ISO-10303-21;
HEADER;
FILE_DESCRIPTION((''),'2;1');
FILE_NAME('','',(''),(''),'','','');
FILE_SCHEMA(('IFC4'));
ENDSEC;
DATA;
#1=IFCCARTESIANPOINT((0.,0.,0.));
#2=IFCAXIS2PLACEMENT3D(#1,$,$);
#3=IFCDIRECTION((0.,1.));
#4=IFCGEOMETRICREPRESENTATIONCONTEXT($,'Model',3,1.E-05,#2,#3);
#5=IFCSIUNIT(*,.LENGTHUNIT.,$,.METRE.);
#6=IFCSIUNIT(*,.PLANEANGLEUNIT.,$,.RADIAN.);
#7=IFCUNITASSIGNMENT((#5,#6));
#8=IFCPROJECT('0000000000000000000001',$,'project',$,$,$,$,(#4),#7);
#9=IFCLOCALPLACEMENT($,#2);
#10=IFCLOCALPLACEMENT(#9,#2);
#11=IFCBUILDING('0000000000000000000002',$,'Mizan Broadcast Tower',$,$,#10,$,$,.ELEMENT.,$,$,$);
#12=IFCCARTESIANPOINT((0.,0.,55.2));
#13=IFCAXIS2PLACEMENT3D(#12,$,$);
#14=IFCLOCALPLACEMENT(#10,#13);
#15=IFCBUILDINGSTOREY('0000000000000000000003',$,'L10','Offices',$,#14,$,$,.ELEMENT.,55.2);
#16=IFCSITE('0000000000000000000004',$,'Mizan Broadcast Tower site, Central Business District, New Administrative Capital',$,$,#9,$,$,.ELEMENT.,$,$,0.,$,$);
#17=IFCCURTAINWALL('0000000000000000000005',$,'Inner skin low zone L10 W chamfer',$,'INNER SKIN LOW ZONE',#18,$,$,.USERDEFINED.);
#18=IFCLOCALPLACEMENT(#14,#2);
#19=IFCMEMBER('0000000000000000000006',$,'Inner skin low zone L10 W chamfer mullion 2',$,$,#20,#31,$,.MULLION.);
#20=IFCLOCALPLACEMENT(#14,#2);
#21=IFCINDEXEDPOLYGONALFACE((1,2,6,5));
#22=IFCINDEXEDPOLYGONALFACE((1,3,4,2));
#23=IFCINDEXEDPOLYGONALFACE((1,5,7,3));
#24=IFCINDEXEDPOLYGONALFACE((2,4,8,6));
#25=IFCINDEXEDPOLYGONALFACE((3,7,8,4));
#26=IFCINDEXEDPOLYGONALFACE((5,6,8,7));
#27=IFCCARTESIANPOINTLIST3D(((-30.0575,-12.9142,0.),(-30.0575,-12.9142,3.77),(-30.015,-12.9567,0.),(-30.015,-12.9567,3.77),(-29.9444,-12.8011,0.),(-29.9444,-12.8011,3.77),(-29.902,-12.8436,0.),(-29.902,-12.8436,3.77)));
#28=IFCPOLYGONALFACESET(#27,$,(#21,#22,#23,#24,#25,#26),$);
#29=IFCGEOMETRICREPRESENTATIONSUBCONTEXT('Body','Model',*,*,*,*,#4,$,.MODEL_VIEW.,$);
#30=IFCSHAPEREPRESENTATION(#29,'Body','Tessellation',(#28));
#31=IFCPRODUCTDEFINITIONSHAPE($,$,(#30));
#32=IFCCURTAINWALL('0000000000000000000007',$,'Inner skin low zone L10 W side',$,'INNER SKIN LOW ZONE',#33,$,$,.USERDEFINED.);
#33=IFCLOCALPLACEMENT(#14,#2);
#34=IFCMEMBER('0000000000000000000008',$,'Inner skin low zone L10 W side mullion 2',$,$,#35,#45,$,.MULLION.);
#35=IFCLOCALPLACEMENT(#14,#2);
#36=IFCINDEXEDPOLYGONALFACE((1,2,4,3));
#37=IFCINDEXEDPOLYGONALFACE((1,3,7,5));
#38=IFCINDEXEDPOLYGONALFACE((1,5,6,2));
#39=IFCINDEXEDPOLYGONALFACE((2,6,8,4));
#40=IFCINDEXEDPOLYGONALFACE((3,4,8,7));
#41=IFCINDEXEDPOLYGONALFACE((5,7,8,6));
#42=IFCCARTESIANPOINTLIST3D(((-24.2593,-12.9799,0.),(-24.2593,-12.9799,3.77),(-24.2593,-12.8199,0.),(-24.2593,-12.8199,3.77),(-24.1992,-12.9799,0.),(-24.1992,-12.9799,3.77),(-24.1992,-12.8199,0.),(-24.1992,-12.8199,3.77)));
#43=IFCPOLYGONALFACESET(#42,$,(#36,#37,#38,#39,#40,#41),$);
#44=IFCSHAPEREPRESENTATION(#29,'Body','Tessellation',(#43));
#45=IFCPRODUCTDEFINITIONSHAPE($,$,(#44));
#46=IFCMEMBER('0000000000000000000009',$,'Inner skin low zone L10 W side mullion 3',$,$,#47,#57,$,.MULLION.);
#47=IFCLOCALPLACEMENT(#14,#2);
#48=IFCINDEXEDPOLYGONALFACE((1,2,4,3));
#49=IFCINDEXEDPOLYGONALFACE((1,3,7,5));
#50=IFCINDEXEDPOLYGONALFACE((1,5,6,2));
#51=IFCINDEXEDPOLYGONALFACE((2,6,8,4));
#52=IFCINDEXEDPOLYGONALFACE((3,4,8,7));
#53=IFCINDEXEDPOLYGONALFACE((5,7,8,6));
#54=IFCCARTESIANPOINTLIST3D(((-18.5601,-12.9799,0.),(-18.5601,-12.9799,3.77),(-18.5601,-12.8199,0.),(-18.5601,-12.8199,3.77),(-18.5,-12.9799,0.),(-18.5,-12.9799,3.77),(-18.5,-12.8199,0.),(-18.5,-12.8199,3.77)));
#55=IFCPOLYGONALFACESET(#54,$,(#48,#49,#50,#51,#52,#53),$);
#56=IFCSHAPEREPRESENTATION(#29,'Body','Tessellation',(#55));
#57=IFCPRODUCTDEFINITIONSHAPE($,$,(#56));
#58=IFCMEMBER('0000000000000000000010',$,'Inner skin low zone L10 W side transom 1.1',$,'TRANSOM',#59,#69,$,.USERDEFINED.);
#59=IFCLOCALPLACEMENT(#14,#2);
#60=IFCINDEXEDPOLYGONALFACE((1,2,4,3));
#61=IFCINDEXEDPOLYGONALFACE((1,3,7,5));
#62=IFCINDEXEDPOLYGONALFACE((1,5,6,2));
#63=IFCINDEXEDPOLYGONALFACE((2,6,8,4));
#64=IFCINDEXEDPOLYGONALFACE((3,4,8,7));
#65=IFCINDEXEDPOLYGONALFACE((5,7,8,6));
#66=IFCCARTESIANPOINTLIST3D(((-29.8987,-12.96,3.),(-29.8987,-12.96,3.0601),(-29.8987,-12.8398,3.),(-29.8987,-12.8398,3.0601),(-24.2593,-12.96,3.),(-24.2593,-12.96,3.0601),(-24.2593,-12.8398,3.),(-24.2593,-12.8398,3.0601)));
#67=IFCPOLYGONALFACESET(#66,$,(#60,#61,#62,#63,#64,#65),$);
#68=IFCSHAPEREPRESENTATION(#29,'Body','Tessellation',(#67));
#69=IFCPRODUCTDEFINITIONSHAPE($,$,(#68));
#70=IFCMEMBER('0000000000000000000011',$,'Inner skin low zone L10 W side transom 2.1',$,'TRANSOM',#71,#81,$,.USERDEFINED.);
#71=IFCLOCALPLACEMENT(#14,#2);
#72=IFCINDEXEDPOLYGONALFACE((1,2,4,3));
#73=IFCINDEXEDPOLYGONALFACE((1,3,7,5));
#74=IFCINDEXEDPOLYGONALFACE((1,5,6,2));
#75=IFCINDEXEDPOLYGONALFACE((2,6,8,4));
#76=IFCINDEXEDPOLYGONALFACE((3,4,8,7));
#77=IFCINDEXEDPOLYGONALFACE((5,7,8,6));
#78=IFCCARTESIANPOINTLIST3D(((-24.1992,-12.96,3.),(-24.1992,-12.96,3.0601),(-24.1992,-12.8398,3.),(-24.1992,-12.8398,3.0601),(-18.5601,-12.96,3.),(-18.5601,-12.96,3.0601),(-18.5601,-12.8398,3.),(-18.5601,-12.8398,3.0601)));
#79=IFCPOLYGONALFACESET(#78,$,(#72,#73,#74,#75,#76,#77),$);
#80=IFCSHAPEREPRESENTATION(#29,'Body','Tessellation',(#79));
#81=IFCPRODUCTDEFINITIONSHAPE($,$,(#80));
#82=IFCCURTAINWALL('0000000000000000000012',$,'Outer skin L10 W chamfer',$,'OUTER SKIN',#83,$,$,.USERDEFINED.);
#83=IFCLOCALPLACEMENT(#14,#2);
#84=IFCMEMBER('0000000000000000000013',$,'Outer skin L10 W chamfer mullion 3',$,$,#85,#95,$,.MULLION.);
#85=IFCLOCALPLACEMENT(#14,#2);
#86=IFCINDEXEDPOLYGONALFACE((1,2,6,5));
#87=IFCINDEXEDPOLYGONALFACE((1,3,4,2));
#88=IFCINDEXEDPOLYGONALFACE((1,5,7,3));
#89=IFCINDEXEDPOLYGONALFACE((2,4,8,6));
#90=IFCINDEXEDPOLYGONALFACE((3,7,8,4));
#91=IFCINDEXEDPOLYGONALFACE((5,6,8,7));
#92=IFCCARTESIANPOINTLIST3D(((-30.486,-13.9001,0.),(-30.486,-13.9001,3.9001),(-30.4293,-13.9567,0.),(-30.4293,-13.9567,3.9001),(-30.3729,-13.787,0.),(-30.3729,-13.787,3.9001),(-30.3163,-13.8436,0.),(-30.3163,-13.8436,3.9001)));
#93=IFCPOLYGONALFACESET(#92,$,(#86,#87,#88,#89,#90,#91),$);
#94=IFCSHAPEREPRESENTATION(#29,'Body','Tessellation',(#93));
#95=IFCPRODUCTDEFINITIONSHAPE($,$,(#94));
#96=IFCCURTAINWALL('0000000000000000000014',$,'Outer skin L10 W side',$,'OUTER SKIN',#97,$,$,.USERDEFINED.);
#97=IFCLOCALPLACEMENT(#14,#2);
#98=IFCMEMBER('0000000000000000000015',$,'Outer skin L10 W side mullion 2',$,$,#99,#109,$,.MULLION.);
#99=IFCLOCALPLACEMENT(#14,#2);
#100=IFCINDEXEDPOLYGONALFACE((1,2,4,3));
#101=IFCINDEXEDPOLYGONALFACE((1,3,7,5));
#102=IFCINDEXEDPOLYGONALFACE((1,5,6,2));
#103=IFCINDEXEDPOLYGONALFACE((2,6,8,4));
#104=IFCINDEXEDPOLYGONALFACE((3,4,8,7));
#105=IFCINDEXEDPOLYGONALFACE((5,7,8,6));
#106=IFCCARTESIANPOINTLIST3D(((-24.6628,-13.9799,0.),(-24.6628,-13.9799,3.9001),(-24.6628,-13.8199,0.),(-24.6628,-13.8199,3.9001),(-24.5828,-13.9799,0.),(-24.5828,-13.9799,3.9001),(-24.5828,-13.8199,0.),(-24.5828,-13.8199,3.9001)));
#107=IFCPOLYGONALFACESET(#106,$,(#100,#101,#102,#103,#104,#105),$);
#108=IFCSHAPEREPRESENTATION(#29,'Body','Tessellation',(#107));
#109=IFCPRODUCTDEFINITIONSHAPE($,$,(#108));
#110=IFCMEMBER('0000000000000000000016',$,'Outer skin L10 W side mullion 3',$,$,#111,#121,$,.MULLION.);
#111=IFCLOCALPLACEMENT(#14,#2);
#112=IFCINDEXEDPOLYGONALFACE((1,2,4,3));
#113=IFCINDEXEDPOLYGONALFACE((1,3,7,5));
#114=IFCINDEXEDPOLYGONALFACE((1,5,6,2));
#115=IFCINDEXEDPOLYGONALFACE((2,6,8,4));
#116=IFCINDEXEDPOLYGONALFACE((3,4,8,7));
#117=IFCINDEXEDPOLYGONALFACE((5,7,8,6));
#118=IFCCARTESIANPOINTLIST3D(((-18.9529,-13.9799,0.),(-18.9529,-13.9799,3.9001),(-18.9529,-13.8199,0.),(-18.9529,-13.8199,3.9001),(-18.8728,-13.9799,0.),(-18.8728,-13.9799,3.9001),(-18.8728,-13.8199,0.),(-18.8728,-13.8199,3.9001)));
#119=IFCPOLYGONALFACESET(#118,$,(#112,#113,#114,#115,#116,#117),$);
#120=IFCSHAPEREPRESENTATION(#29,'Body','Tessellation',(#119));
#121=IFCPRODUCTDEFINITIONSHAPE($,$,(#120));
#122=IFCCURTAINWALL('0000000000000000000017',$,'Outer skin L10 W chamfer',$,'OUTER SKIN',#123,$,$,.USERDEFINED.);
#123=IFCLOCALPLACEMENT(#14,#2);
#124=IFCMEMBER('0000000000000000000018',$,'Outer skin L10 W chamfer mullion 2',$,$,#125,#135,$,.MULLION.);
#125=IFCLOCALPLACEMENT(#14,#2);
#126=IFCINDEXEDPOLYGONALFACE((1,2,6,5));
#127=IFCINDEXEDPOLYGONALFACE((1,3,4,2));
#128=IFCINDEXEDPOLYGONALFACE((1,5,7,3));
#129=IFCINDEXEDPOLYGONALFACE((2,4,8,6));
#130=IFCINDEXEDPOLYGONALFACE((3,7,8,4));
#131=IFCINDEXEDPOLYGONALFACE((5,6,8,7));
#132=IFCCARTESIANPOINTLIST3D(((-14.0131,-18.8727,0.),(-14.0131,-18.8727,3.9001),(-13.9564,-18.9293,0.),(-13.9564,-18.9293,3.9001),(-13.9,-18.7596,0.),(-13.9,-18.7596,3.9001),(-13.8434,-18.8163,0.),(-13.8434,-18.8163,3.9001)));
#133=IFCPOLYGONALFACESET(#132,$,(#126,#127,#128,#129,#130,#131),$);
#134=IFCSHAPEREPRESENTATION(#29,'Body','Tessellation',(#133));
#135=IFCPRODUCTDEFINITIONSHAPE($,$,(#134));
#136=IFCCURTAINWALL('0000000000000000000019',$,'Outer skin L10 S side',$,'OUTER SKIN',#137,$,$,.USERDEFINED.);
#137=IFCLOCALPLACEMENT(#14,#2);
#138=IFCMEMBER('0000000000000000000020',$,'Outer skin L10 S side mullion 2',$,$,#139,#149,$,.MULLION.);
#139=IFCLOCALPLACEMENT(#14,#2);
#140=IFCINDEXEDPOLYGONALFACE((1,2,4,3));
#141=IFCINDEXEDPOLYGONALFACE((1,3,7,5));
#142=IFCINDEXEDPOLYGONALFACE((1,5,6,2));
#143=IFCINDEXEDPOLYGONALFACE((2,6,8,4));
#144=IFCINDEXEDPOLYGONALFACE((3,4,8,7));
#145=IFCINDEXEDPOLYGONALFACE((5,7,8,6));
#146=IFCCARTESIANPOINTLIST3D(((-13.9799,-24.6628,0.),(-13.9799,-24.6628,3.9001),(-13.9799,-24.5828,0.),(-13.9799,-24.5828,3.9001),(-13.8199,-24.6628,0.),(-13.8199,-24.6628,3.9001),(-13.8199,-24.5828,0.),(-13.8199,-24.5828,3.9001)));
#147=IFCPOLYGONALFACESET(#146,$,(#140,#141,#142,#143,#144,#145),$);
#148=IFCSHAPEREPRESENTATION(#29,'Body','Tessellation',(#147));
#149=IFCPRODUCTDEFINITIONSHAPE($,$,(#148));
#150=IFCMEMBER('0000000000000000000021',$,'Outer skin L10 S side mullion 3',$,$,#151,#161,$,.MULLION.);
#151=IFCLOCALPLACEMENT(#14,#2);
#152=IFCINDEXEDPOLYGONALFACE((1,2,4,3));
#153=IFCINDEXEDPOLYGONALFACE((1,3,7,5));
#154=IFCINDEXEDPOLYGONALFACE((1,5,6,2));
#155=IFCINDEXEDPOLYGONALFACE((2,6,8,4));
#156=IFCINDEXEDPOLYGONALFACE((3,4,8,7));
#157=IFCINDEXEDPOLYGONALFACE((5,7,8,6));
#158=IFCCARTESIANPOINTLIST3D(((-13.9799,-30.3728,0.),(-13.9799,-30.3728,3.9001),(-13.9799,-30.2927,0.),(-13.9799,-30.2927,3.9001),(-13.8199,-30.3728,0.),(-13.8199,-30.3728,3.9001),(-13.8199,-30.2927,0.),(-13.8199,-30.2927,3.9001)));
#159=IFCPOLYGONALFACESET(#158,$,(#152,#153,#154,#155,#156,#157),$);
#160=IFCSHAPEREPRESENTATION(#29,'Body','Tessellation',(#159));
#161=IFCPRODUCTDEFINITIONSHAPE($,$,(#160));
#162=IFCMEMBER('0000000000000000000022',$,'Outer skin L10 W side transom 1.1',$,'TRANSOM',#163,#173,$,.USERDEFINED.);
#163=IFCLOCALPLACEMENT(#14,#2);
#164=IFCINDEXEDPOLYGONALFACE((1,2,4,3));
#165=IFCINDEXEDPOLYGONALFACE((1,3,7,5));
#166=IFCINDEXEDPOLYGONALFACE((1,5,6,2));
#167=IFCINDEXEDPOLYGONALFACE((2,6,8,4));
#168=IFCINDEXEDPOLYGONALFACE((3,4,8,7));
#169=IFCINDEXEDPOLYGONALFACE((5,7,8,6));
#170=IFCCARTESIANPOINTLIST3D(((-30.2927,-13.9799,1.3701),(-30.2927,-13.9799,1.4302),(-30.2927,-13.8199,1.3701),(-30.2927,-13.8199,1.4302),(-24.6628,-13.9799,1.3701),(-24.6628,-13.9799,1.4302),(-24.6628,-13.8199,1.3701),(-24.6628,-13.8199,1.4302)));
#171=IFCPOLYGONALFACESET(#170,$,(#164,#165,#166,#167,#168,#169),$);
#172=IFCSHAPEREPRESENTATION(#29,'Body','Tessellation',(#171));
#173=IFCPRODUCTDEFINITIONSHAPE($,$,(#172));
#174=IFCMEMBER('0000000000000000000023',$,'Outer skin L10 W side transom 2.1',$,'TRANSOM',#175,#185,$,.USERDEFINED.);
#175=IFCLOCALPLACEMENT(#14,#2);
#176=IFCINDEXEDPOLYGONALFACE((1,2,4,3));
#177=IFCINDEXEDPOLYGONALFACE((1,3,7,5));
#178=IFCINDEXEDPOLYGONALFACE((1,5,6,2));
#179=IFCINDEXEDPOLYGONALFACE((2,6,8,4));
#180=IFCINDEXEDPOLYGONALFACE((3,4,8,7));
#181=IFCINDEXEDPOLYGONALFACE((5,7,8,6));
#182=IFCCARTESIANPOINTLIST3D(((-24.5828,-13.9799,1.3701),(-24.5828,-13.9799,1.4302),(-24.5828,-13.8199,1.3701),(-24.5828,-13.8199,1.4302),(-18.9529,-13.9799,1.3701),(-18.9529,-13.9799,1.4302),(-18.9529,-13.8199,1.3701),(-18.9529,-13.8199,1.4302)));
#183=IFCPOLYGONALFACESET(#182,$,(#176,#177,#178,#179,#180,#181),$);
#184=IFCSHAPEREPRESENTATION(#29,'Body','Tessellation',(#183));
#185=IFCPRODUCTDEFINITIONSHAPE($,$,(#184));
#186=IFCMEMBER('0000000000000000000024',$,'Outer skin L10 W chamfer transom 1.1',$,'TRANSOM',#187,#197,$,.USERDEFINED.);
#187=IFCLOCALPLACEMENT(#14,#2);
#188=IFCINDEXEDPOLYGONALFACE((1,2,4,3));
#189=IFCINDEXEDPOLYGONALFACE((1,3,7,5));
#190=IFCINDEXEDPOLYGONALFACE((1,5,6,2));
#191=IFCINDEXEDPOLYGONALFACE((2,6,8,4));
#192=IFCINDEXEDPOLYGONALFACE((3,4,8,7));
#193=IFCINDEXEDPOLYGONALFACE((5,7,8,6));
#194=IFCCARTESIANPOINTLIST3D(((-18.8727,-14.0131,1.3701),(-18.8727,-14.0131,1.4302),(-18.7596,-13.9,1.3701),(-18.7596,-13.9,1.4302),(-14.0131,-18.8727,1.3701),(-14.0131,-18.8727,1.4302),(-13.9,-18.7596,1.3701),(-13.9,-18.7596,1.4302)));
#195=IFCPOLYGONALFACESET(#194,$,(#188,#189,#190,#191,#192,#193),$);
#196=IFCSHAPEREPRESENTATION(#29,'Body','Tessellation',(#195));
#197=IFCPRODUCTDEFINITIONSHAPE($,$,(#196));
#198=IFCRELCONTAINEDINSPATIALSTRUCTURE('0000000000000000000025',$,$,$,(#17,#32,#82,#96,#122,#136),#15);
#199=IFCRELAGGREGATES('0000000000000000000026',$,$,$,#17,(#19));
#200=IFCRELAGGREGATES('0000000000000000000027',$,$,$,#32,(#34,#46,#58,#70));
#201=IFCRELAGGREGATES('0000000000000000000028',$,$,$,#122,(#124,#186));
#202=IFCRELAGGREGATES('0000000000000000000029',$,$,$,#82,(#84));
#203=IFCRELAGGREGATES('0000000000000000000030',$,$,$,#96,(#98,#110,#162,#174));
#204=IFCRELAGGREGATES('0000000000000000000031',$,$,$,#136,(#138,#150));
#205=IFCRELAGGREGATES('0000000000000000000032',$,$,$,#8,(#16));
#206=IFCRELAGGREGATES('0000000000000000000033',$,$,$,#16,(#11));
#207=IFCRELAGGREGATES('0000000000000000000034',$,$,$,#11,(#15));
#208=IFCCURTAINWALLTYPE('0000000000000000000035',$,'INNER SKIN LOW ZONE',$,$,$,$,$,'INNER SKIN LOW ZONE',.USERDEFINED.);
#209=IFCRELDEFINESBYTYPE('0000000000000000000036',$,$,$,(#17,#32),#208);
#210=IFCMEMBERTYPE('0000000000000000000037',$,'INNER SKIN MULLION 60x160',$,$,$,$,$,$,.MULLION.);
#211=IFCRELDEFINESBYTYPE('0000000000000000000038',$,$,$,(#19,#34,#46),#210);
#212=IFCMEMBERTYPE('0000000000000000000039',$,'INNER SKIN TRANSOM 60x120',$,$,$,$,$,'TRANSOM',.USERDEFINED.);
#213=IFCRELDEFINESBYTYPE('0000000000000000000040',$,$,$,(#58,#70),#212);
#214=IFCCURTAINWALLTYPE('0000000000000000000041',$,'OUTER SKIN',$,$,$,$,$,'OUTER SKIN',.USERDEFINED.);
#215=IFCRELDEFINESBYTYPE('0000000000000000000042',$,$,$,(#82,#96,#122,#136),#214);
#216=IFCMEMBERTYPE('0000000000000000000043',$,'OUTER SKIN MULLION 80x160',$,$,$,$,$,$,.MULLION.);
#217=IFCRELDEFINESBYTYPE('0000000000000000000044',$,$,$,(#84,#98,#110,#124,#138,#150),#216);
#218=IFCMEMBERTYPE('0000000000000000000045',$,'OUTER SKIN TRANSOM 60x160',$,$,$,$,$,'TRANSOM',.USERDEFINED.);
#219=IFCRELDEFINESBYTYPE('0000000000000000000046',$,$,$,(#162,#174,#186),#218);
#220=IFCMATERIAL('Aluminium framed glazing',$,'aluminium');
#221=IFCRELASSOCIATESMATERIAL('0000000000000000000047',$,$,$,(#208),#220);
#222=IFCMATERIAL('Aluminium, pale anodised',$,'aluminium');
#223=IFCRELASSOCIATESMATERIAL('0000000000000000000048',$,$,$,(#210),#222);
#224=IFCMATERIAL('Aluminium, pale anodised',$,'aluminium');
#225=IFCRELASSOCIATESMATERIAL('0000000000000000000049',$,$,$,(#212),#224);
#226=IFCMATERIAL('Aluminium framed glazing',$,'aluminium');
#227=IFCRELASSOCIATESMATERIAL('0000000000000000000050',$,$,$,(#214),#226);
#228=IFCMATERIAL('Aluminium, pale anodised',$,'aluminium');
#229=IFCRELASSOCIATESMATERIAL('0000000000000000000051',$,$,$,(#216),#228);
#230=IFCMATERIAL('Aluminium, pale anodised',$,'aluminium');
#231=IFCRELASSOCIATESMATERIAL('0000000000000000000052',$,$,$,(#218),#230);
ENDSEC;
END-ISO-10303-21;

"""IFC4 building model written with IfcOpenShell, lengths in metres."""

from ifc_helpers import new_model, si_unit, direction, frame, origin, origin_2d, place, context, subcontext, project, spatial, rectangle, extrude, material, material_profile, profile_set, type_object, element, aggregate, save


model = new_model("IFC4")

# Units and contexts
model_context = context("Model", 3, precision=1e-05, world=origin(), true_north=direction((0.0, 1.0)))
body_context = subcontext(model_context, "Body", "Model", "MODEL_VIEW")
ifc_project = project(units=[si_unit("LENGTHUNIT", "METRE"), si_unit("PLANEANGLEUNIT", "RADIAN")], contexts=[model_context])

# Site, building, storey
site_placement = place(None, origin())
site = spatial("IfcSite", under=ifc_project, at=site_placement, Name="Mizan Broadcast Tower site, Central Business District, New Administrative Capital", CompositionType="ELEMENT", RefElevation=0.0)
building_placement = place(site_placement, origin())
building = spatial("IfcBuilding", under=site, at=building_placement, Name="Mizan Broadcast Tower", CompositionType="ELEMENT")
storey_placement = place(building_placement, frame((0.0, 0.0, 55.2)))
storey = spatial("IfcBuildingStorey", under=building, at=storey_placement, Name="L10", Description="Offices", CompositionType="ELEMENT", Elevation=55.2)

# Curtain wall, member
ifc_material_1 = material(Name="Aluminium framed glazing", Category="aluminium")
curtain_wall_type_1 = type_object("IfcCurtainWallType", Name="INNER SKIN LOW ZONE", ElementType="INNER SKIN LOW ZONE", PredefinedType="USERDEFINED", material=ifc_material_1)
curtain_wall_1_placement = place(storey_placement, origin())
curtain_wall_1 = element("IfcCurtainWall", 1, at=curtain_wall_1_placement, inside=storey, type_object=curtain_wall_type_1, Name="Inner skin low zone L10 W chamfer", ObjectType="INNER SKIN LOW ZONE", PredefinedType="USERDEFINED")
ifc_material_2 = material(Name="Aluminium, pale anodised", Category="aluminium")
ifc_material_profile_1 = material_profile(ifc_material_2, rectangle(XDim=0.1599, YDim=0.0601, at=origin_2d()), Name="MULLION 160x60")
ifc_profile_set_1 = profile_set([ifc_material_profile_1], Name="Aluminium, pale anodised")
member_type_1 = type_object("IfcMemberType", Name="INNER SKIN MULLION 60x160", PredefinedType="MULLION", material=ifc_profile_set_1)
member_1_placement = place(storey_placement, frame((-29.9797, -12.8789, 0.0), z_axis=(0.0, 0.0, 1.0), x_axis=(0.707107, 0.707107, 0.0)))
member_1 = element("IfcMember", 2, at=member_1_placement, type_object=member_type_1, Name="Inner skin low zone L10 W chamfer mullion 2", PredefinedType="MULLION", context=body_context, shape_type="SweptSolid", body=[
    extrude(rectangle(XDim=0.1599, YDim=0.0601, at=origin_2d()), origin(), (0.0, 0.0, 1.0), 3.77),
])
aggregate(curtain_wall_1, [member_1])

# Curtain wall, members
curtain_wall_2_placement = place(storey_placement, origin())
curtain_wall_2 = element("IfcCurtainWall", 3, at=curtain_wall_2_placement, inside=storey, type_object=curtain_wall_type_1, Name="Inner skin low zone L10 W side", ObjectType="INNER SKIN LOW ZONE", PredefinedType="USERDEFINED")
member_2_placement = place(storey_placement, frame((-24.2292, -12.8999, 0.0), z_axis=(0.0, 0.0, 1.0), x_axis=(0.0, 1.0, 0.0)))
member_2 = element("IfcMember", 4, at=member_2_placement, type_object=member_type_1, Name="Inner skin low zone L10 W side mullion 2", PredefinedType="MULLION", context=body_context, shape_type="SweptSolid", body=[
    extrude(rectangle(XDim=0.1599, YDim=0.0601, at=origin_2d()), origin(), (0.0, 0.0, 1.0), 3.77),
])
member_3_placement = place(storey_placement, frame((-18.53, -12.8999, 0.0), z_axis=(0.0, 0.0, 1.0), x_axis=(0.0, 1.0, 0.0)))
member_3 = element("IfcMember", 5, at=member_3_placement, type_object=member_type_1, Name="Inner skin low zone L10 W side mullion 3", PredefinedType="MULLION", context=body_context, shape_type="SweptSolid", body=[
    extrude(rectangle(XDim=0.1599, YDim=0.0601, at=origin_2d()), origin(), (0.0, 0.0, 1.0), 3.77),
])
ifc_material_3 = material(Name="Aluminium, pale anodised", Category="aluminium")
ifc_material_profile_2 = material_profile(ifc_material_3, rectangle(XDim=0.1201, YDim=0.0601, at=origin_2d()), Name="TRANSOM 120x60")
ifc_profile_set_2 = profile_set([ifc_material_profile_2], Name="Aluminium, pale anodised")
member_type_2 = type_object("IfcMemberType", Name="INNER SKIN TRANSOM 60x120", ElementType="TRANSOM", PredefinedType="USERDEFINED", material=ifc_profile_set_2)
member_4_placement = place(storey_placement, frame((-29.8987, -12.8999, 3.03), z_axis=(1.0, 0.0, 0.0), x_axis=(0.0, 1.0, 0.0)))
member_4 = element("IfcMember", 6, at=member_4_placement, type_object=member_type_2, Name="Inner skin low zone L10 W side transom 1.1", ObjectType="TRANSOM", PredefinedType="USERDEFINED", context=body_context, shape_type="SweptSolid", body=[
    extrude(rectangle(XDim=0.1201, YDim=0.0601, at=origin_2d()), origin(), (0.0, 0.0, 1.0), 5.6394),
])
member_5_placement = place(storey_placement, frame((-24.1992, -12.8999, 3.03), z_axis=(1.0, 0.0, 0.0), x_axis=(0.0, 1.0, 0.0)))
member_5 = element("IfcMember", 7, at=member_5_placement, type_object=member_type_2, Name="Inner skin low zone L10 W side transom 2.1", ObjectType="TRANSOM", PredefinedType="USERDEFINED", context=body_context, shape_type="SweptSolid", body=[
    extrude(rectangle(XDim=0.1201, YDim=0.0601, at=origin_2d()), origin(), (0.0, 0.0, 1.0), 5.6392),
])

# Curtain wall, member
ifc_material_4 = material(Name="Aluminium framed glazing", Category="aluminium")
curtain_wall_type_2 = type_object("IfcCurtainWallType", Name="OUTER SKIN", ElementType="OUTER SKIN", PredefinedType="USERDEFINED", material=ifc_material_4)
curtain_wall_3_placement = place(storey_placement, origin())
curtain_wall_3 = element("IfcCurtainWall", 8, at=curtain_wall_3_placement, inside=storey, type_object=curtain_wall_type_2, Name="Outer skin L10 W chamfer", ObjectType="OUTER SKIN", PredefinedType="USERDEFINED")
ifc_material_5 = material(Name="Aluminium, pale anodised", Category="aluminium")
ifc_material_profile_3 = material_profile(ifc_material_5, rectangle(XDim=0.1599, YDim=0.0801, at=origin_2d()), Name="MULLION 160x80")
ifc_profile_set_3 = profile_set([ifc_material_profile_3], Name="Aluminium, pale anodised")
member_type_3 = type_object("IfcMemberType", Name="OUTER SKIN MULLION 80x160", PredefinedType="MULLION", material=ifc_profile_set_3)
member_6_placement = place(storey_placement, frame((-30.4011, -13.8718, 0.0), z_axis=(0.0, 0.0, 1.0), x_axis=(0.707107, 0.707107, 0.0)))
member_6 = element("IfcMember", 9, at=member_6_placement, type_object=member_type_3, Name="Outer skin L10 W chamfer mullion 3", PredefinedType="MULLION", context=body_context, shape_type="SweptSolid", body=[
    extrude(rectangle(XDim=0.1599, YDim=0.0801, at=origin_2d()), origin(), (0.0, 0.0, 1.0), 3.9001),
])

# Curtain wall, members
curtain_wall_4_placement = place(storey_placement, origin())
curtain_wall_4 = element("IfcCurtainWall", 10, at=curtain_wall_4_placement, inside=storey, type_object=curtain_wall_type_2, Name="Outer skin L10 W side", ObjectType="OUTER SKIN", PredefinedType="USERDEFINED")
member_7_placement = place(storey_placement, frame((-24.6228, -13.8999, 0.0), z_axis=(0.0, 0.0, 1.0), x_axis=(0.0, 1.0, 0.0)))
member_7 = element("IfcMember", 11, at=member_7_placement, type_object=member_type_3, Name="Outer skin L10 W side mullion 2", PredefinedType="MULLION", context=body_context, shape_type="SweptSolid", body=[
    extrude(rectangle(XDim=0.1599, YDim=0.0801, at=origin_2d()), origin(), (0.0, 0.0, 1.0), 3.9001),
])
member_8_placement = place(storey_placement, frame((-18.9128, -13.8999, 0.0), z_axis=(0.0, 0.0, 1.0), x_axis=(0.0, 1.0, 0.0)))
member_8 = element("IfcMember", 12, at=member_8_placement, type_object=member_type_3, Name="Outer skin L10 W side mullion 3", PredefinedType="MULLION", context=body_context, shape_type="SweptSolid", body=[
    extrude(rectangle(XDim=0.1599, YDim=0.0801, at=origin_2d()), origin(), (0.0, 0.0, 1.0), 3.9001),
])

# Curtain wall, member
curtain_wall_5_placement = place(storey_placement, origin())
curtain_wall_5 = element("IfcCurtainWall", 13, at=curtain_wall_5_placement, inside=storey, type_object=curtain_wall_type_2, Name="Outer skin L10 W chamfer", ObjectType="OUTER SKIN", PredefinedType="USERDEFINED")
member_9_placement = place(storey_placement, frame((-13.9282, -18.8445, 0.0), z_axis=(0.0, 0.0, 1.0), x_axis=(0.707107, 0.707107, 0.0)))
member_9 = element("IfcMember", 14, at=member_9_placement, type_object=member_type_3, Name="Outer skin L10 W chamfer mullion 2", PredefinedType="MULLION", context=body_context, shape_type="SweptSolid", body=[
    extrude(rectangle(XDim=0.1599, YDim=0.0801, at=origin_2d()), origin(), (0.0, 0.0, 1.0), 3.9001),
])

# Curtain wall, members
curtain_wall_6_placement = place(storey_placement, origin())
curtain_wall_6 = element("IfcCurtainWall", 15, at=curtain_wall_6_placement, inside=storey, type_object=curtain_wall_type_2, Name="Outer skin L10 S side", ObjectType="OUTER SKIN", PredefinedType="USERDEFINED")
member_10_placement = place(storey_placement, frame((-13.8999, -24.6228, 0.0), z_axis=(0.0, 0.0, 1.0), x_axis=(1.0, 0.0, 0.0)))
member_10 = element("IfcMember", 16, at=member_10_placement, type_object=member_type_3, Name="Outer skin L10 S side mullion 2", PredefinedType="MULLION", context=body_context, shape_type="SweptSolid", body=[
    extrude(rectangle(XDim=0.1599, YDim=0.0801, at=origin_2d()), origin(), (0.0, 0.0, 1.0), 3.9001),
])
member_11_placement = place(storey_placement, frame((-13.8999, -30.3328, 0.0), z_axis=(0.0, 0.0, 1.0), x_axis=(1.0, 0.0, 0.0)))
member_11 = element("IfcMember", 17, at=member_11_placement, type_object=member_type_3, Name="Outer skin L10 S side mullion 3", PredefinedType="MULLION", context=body_context, shape_type="SweptSolid", body=[
    extrude(rectangle(XDim=0.1599, YDim=0.0801, at=origin_2d()), origin(), (0.0, 0.0, 1.0), 3.9001),
])

# Members
ifc_material_6 = material(Name="Aluminium, pale anodised", Category="aluminium")
ifc_material_profile_4 = material_profile(ifc_material_6, rectangle(XDim=0.1599, YDim=0.0601, at=origin_2d()), Name="TRANSOM 160x60")
ifc_profile_set_4 = profile_set([ifc_material_profile_4], Name="Aluminium, pale anodised")
member_type_4 = type_object("IfcMemberType", Name="OUTER SKIN TRANSOM 60x160", ElementType="TRANSOM", PredefinedType="USERDEFINED", material=ifc_profile_set_4)
member_12_placement = place(storey_placement, frame((-30.2927, -13.8999, 1.4001), z_axis=(1.0, 0.0, 0.0), x_axis=(0.0, 1.0, 0.0)))
member_12 = element("IfcMember", 18, at=member_12_placement, type_object=member_type_4, Name="Outer skin L10 W side transom 1.1", ObjectType="TRANSOM", PredefinedType="USERDEFINED", context=body_context, shape_type="SweptSolid", body=[
    extrude(rectangle(XDim=0.1599, YDim=0.0601, at=origin_2d()), origin(), (0.0, 0.0, 1.0), 5.6299),
])
member_13_placement = place(storey_placement, frame((-24.5828, -13.8999, 1.4001), z_axis=(1.0, 0.0, 0.0), x_axis=(0.0, 1.0, 0.0)))
member_13 = element("IfcMember", 19, at=member_13_placement, type_object=member_type_4, Name="Outer skin L10 W side transom 2.1", ObjectType="TRANSOM", PredefinedType="USERDEFINED", context=body_context, shape_type="SweptSolid", body=[
    extrude(rectangle(XDim=0.1599, YDim=0.0601, at=origin_2d()), origin(), (0.0, 0.0, 1.0), 5.6299),
])
member_14_placement = place(storey_placement, frame((-18.8162, -13.9565, 1.4001), z_axis=(0.707107, -0.707107, 0.0), x_axis=(0.707107, 0.707107, 0.0)))
member_14 = element("IfcMember", 20, at=member_14_placement, type_object=member_type_4, Name="Outer skin L10 W chamfer transom 1.1", ObjectType="TRANSOM", PredefinedType="USERDEFINED", context=body_context, shape_type="SweptSolid", body=[
    extrude(rectangle(XDim=0.1599, YDim=0.0601, at=origin_2d()), origin(), (0.0, 0.0, 1.0), 6.8726),
])

aggregate(curtain_wall_2, [member_2, member_3, member_4, member_5])
aggregate(curtain_wall_5, [member_9, member_14])
aggregate(curtain_wall_3, [member_6])
aggregate(curtain_wall_4, [member_7, member_8, member_12, member_13])
aggregate(curtain_wall_6, [member_10, member_11])

save(model, "model.ifc")
